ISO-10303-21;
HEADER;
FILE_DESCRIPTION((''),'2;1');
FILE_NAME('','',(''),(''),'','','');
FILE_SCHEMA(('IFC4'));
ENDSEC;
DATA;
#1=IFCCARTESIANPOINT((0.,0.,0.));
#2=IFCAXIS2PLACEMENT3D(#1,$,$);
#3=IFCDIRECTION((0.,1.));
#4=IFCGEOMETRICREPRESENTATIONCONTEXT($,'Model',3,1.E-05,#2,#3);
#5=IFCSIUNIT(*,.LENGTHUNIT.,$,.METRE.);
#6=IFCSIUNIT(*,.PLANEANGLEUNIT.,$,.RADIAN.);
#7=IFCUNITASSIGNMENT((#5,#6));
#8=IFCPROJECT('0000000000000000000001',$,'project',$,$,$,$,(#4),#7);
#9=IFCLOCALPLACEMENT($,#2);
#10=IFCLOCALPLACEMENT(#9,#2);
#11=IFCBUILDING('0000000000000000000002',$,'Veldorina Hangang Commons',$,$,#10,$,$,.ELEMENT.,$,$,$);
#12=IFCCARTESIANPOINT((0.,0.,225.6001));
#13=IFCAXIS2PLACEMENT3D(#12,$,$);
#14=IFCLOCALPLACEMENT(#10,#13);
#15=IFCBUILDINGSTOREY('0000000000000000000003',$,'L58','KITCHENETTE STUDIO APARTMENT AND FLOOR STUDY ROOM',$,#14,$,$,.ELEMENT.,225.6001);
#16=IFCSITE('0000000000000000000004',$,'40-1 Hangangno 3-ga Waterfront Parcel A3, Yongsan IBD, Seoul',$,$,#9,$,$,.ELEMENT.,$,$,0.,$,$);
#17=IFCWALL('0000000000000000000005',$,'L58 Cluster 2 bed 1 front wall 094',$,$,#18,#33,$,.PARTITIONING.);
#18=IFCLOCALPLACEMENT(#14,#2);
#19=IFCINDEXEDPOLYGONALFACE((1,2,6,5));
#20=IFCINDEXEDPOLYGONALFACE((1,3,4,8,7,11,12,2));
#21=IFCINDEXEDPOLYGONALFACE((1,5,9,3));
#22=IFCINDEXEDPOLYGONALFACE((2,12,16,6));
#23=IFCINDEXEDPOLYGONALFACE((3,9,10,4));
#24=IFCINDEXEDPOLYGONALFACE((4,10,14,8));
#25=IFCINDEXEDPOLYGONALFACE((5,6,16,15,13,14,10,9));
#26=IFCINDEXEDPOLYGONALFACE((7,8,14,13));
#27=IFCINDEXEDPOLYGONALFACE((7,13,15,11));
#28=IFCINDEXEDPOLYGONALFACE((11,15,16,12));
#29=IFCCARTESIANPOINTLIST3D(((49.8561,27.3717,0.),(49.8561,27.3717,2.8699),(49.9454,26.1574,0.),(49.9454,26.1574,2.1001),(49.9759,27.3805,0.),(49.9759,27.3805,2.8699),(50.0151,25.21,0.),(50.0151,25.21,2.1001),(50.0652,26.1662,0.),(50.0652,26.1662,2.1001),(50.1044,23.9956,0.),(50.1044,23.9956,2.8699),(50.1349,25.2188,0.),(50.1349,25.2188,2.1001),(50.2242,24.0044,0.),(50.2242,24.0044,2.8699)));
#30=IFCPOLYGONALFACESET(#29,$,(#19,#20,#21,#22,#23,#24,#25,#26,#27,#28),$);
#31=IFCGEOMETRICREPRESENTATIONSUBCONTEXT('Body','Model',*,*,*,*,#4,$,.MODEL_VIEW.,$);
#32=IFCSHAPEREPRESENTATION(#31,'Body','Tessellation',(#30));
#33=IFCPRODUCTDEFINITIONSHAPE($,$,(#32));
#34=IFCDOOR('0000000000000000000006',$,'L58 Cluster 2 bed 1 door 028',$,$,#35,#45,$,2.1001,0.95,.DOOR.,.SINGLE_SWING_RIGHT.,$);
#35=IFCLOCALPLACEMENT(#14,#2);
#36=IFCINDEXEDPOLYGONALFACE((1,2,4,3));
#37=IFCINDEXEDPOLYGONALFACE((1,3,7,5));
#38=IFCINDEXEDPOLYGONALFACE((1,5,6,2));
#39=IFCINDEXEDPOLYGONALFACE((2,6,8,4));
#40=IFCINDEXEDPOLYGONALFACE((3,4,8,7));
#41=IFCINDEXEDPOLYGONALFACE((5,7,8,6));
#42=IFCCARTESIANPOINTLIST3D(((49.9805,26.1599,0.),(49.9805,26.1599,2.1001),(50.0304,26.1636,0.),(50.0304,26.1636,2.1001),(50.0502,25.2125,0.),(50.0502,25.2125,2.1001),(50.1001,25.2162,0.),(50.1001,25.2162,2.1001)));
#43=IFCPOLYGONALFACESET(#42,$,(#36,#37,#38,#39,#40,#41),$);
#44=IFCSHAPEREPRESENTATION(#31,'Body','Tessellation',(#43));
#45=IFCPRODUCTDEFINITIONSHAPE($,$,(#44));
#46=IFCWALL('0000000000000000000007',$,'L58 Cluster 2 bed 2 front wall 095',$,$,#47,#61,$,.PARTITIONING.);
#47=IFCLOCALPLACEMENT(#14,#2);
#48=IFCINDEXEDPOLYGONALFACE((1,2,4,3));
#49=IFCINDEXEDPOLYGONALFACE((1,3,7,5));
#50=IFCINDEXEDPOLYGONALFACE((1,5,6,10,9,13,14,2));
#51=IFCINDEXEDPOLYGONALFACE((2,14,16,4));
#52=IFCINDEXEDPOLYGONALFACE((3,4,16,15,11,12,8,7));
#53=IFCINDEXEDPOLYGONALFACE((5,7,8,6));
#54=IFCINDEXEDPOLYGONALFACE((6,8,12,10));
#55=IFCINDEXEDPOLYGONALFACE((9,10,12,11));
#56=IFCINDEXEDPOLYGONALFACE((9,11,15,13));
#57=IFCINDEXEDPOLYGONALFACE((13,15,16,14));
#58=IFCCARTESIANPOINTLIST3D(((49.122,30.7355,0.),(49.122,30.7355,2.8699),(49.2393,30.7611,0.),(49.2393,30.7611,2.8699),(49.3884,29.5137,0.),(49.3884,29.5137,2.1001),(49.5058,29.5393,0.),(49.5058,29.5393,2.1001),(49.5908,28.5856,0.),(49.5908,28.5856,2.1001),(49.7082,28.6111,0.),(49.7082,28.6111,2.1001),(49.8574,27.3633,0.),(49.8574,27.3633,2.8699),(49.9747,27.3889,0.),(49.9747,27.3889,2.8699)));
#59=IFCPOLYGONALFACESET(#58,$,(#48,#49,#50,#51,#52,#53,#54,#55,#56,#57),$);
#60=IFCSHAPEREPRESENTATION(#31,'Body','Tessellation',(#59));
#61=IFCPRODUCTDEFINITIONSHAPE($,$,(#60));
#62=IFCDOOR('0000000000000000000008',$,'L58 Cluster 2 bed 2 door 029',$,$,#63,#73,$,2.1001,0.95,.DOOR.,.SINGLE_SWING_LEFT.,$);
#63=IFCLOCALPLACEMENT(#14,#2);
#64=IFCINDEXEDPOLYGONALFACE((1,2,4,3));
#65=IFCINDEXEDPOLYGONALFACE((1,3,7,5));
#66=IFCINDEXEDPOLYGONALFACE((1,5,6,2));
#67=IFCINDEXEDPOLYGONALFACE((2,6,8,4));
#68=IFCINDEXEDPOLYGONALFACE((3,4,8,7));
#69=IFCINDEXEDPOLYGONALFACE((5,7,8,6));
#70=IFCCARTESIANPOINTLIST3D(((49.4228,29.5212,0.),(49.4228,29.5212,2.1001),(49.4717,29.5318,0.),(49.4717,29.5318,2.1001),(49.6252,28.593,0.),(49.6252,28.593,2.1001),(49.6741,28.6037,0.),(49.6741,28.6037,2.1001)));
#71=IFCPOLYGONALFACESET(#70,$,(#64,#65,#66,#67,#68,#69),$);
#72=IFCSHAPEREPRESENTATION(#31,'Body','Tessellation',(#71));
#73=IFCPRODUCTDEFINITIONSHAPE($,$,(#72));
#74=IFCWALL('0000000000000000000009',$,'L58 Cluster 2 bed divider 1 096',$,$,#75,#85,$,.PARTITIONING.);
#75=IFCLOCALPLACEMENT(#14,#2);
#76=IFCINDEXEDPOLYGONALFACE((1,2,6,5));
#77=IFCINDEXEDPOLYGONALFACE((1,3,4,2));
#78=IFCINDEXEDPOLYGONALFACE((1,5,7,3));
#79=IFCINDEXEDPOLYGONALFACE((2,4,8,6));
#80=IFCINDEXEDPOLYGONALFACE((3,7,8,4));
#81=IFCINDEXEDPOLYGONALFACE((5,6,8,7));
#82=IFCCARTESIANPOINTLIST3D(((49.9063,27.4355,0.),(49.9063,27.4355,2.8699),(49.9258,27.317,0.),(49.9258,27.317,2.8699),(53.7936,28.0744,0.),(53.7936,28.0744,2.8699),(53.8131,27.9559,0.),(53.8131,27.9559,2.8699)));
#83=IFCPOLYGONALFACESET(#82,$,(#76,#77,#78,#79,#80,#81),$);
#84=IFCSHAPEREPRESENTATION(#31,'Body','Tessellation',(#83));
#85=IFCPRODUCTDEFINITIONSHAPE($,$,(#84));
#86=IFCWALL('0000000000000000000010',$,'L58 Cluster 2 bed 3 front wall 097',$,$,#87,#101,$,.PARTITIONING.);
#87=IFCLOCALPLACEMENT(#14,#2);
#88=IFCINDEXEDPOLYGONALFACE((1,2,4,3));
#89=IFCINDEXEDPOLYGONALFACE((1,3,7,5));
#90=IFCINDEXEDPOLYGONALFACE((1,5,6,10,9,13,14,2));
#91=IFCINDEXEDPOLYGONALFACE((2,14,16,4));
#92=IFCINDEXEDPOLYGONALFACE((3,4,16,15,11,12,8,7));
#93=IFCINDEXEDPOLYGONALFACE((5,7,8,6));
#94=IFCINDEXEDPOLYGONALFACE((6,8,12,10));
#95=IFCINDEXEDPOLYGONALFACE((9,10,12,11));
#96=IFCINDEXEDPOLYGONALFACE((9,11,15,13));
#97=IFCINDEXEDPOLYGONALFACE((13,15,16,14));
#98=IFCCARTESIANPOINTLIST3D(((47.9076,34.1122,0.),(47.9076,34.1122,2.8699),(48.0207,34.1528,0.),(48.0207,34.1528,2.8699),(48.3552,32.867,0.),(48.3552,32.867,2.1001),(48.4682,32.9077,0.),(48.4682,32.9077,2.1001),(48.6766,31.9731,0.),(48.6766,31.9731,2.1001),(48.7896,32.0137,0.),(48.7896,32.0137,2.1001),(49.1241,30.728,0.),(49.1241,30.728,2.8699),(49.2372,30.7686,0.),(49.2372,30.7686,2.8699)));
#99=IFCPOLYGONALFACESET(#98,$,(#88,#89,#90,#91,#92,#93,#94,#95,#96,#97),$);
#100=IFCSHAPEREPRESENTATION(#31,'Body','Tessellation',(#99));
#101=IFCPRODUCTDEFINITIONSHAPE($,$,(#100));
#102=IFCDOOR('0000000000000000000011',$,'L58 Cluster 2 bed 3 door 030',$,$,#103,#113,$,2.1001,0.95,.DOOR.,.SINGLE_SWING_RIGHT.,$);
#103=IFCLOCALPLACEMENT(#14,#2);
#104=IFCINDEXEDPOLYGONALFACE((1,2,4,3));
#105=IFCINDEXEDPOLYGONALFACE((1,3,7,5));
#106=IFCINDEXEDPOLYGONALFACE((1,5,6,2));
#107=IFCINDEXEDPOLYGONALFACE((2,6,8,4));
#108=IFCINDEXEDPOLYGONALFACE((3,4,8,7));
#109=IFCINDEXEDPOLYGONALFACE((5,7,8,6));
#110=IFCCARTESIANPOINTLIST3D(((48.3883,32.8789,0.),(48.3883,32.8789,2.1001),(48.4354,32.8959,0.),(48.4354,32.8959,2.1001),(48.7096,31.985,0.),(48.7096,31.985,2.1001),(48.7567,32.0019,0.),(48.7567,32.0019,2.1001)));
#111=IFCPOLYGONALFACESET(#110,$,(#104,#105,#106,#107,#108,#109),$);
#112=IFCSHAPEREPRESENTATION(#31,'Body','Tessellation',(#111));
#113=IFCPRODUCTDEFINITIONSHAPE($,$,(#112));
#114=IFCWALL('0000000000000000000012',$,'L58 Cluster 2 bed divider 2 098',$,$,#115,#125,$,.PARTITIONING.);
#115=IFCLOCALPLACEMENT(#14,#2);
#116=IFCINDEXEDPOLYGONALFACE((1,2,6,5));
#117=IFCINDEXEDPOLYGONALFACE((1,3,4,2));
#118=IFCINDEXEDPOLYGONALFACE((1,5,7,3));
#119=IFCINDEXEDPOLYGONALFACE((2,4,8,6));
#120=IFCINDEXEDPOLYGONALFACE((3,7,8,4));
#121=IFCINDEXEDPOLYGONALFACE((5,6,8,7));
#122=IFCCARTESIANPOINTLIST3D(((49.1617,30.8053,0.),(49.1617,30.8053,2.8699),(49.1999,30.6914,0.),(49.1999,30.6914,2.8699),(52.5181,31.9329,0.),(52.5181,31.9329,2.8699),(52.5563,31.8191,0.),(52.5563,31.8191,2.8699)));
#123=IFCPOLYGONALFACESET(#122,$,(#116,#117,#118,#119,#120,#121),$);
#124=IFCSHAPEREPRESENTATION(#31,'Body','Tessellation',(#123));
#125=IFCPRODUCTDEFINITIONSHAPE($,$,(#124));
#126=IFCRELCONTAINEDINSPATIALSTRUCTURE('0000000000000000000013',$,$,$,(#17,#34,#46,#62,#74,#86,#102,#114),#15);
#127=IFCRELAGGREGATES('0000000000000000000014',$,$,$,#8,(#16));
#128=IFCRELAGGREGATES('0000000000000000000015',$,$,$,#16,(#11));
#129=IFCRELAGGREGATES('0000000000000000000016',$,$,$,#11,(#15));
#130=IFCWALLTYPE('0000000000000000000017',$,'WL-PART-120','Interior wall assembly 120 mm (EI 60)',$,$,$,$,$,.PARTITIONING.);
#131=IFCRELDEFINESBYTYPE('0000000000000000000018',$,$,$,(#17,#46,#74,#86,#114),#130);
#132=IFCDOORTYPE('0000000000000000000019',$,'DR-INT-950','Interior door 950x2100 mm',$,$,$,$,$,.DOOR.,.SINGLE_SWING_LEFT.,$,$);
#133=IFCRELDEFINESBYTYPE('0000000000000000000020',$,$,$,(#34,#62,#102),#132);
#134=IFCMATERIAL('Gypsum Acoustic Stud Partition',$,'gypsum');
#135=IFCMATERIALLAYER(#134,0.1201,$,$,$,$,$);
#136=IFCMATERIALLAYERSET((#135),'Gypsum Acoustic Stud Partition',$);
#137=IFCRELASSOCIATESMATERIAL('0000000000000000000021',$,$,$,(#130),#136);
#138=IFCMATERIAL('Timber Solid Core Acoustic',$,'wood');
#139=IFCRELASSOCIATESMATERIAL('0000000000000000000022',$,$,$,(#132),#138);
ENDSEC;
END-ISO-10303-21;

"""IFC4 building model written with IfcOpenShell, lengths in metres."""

from ifc_helpers import new_model, si_unit, direction, frame, frame_2d, origin, place, context, subcontext, project, spatial, rectangle, extrude, material, layer, layer_set, type_object, element, fill, save


model = new_model("IFC4")

# Units and contexts
model_context = context("Model", 3, precision=1e-05, world=origin(), true_north=direction((0.0, 1.0)))
body_context = subcontext(model_context, "Body", "Model", "MODEL_VIEW")
ifc_project = project(units=[si_unit("LENGTHUNIT", "METRE"), si_unit("PLANEANGLEUNIT", "RADIAN")], contexts=[model_context])

# Site, building, storey
site_placement = place(None, origin())
site = spatial("IfcSite", under=ifc_project, at=site_placement, Name="40-1 Hangangno 3-ga Waterfront Parcel A3, Yongsan IBD, Seoul", CompositionType="ELEMENT", RefElevation=0.0)
building_placement = place(site_placement, origin())
building = spatial("IfcBuilding", under=site, at=building_placement, Name="Veldorina Hangang Commons", CompositionType="ELEMENT")
storey_placement = place(building_placement, frame((0.0, 0.0, 225.6001)))
storey = spatial("IfcBuildingStorey", under=building, at=storey_placement, Name="L58", Description="KITCHENETTE STUDIO APARTMENT AND FLOOR STUDY ROOM", CompositionType="ELEMENT", Elevation=225.6001)

# Shared definitions
ifc_material_1 = material(Name="Gypsum Acoustic Stud Partition", Category="gypsum")
ifc_layer_1 = layer(ifc_material_1, 0.1201)
ifc_layer_set_1 = layer_set([ifc_layer_1], Name="Gypsum Acoustic Stud Partition")
wall_type = type_object("IfcWallType", Name="WL-PART-120", Description="Interior wall assembly 120 mm (EI 60)", PredefinedType="PARTITIONING", material=ifc_layer_set_1)

# Walls, openings, doors
wall_1_placement = place(storey_placement, frame((50.1643, 24.0, 0.0), z_axis=(0.0, 0.0, 1.0), x_axis=(-0.073343, 0.997307, 0.0)))
wall_1 = element("IfcWall", 1, at=wall_1_placement, inside=storey, type_object=wall_type, Name="L58 Cluster 2 bed 1 front wall 094", PredefinedType="PARTITIONING", context=body_context, shape_type="SweptSolid", body=[
    extrude(rectangle(XDim=3.3853, YDim=0.1201, at=frame_2d((1.6926, 0.0))), origin(), (0.0, 0.0, 1.0), 2.8699),
])
opening_1_placement = place(wall_1_placement, frame((1.2175, 0.0, 0.0)))
opening_1 = element("IfcOpeningElement", 2, at=opening_1_placement, cuts=wall_1, PredefinedType="OPENING", context=body_context, shape_type="SweptSolid", body=[
    extrude(rectangle(XDim=0.95, YDim=2.1001, at=frame_2d((0.4751, 1.05))), frame((0.0, 0.0701, 0.0), z_axis=(0.0, -1.0, 0.0), x_axis=(1.0, 0.0, 0.0)), (0.0, 0.0, 1.0), 0.1401),
])
ifc_material_2 = material(Name="Timber Solid Core Acoustic", Category="wood")
door_type = type_object("IfcDoorType", Name="DR-INT-950", Description="Interior door 950x2100 mm", OperationType="SINGLE_SWING_LEFT", PredefinedType="DOOR", material=ifc_material_2)
door_1_placement = place(opening_1_placement, origin())
door_1 = element("IfcDoor", 3, at=door_1_placement, inside=storey, type_object=door_type, Name="L58 Cluster 2 bed 1 door 028", OperationType="SINGLE_SWING_RIGHT", OverallHeight=2.1001, OverallWidth=0.95, PredefinedType="DOOR", context=body_context, shape_type="SweptSolid", body=[
    extrude(rectangle(XDim=0.95, YDim=2.1001, at=frame_2d((0.4751, 1.05))), frame((0.0, 0.0249, 0.0), z_axis=(0.0, -1.0, 0.0), x_axis=(1.0, 0.0, 0.0)), (0.0, 0.0, 1.0), 0.05),
])
fill(opening_1, door_1)
wall_2_placement = place(storey_placement, frame((49.916, 27.3762, 0.0), z_axis=(0.0, 0.0, 1.0), x_axis=(-0.213064, 0.977038, 0.0)))
wall_2 = element("IfcWall", 4, at=wall_2_placement, inside=storey, type_object=wall_type, Name="L58 Cluster 2 bed 2 front wall 095", PredefinedType="PARTITIONING", context=body_context, shape_type="SweptSolid", body=[
    extrude(rectangle(XDim=3.4514, YDim=0.1201, at=frame_2d((1.7256, 0.0))), origin(), (0.0, 0.0, 1.0), 2.8699),
])
opening_2_placement = place(wall_2_placement, frame((1.2507, 0.0, 0.0)))
opening_2 = element("IfcOpeningElement", 5, at=opening_2_placement, cuts=wall_2, PredefinedType="OPENING", context=body_context, shape_type="SweptSolid", body=[
    extrude(rectangle(XDim=0.95, YDim=2.1001, at=frame_2d((0.4751, 1.05))), frame((0.0, 0.0701, 0.0), z_axis=(0.0, -1.0, 0.0), x_axis=(1.0, 0.0, 0.0)), (0.0, 0.0, 1.0), 0.1401),
])
door_2_placement = place(opening_2_placement, origin())
door_2 = element("IfcDoor", 6, at=door_2_placement, inside=storey, type_object=door_type, Name="L58 Cluster 2 bed 2 door 029", OperationType="SINGLE_SWING_LEFT", OverallHeight=2.1001, OverallWidth=0.95, PredefinedType="DOOR", context=body_context, shape_type="SweptSolid", body=[
    extrude(rectangle(XDim=0.95, YDim=2.1001, at=frame_2d((0.4751, 1.05))), frame((0.0, 0.0249, 0.0), z_axis=(0.0, -1.0, 0.0), x_axis=(1.0, 0.0, 0.0)), (0.0, 0.0, 1.0), 0.05),
])
fill(opening_2, door_2)

# Wall
wall_3_placement = place(storey_placement, frame((49.916, 27.3762, 0.0), z_axis=(0.0, 0.0, 1.0), x_axis=(0.98676, 0.162188, 0.0)))
element("IfcWall", 7, at=wall_3_placement, inside=storey, type_object=wall_type, Name="L58 Cluster 2 bed divider 1 096", PredefinedType="PARTITIONING", context=body_context, shape_type="SweptSolid", body=[
    extrude(rectangle(XDim=3.9395, YDim=0.1201, at=frame_2d((1.9697, 0.0))), origin(), (0.0, 0.0, 1.0), 2.8699),
])

# Wall, opening, door
wall_4_placement = place(storey_placement, frame((49.1807, 30.7483, 0.0), z_axis=(0.0, 0.0, 1.0), x_axis=(-0.33828, 0.941046, 0.0)))
wall_4 = element("IfcWall", 8, at=wall_4_placement, inside=storey, type_object=wall_type, Name="L58 Cluster 2 bed 3 front wall 097", PredefinedType="PARTITIONING", context=body_context, shape_type="SweptSolid", body=[
    extrude(rectangle(XDim=3.5962, YDim=0.1201, at=frame_2d((1.7981, 0.0))), origin(), (0.0, 0.0, 1.0), 2.8699),
])
opening_3_placement = place(wall_4_placement, frame((1.323, 0.0, 0.0)))
opening_3 = element("IfcOpeningElement", 9, at=opening_3_placement, cuts=wall_4, PredefinedType="OPENING", context=body_context, shape_type="SweptSolid", body=[
    extrude(rectangle(XDim=0.95, YDim=2.1001, at=frame_2d((0.4751, 1.05))), frame((0.0, 0.0701, 0.0), z_axis=(0.0, -1.0, 0.0), x_axis=(1.0, 0.0, 0.0)), (0.0, 0.0, 1.0), 0.1401),
])
door_3_placement = place(opening_3_placement, origin())
door_3 = element("IfcDoor", 10, at=door_3_placement, inside=storey, type_object=door_type, Name="L58 Cluster 2 bed 3 door 030", OperationType="SINGLE_SWING_RIGHT", OverallHeight=2.1001, OverallWidth=0.95, PredefinedType="DOOR", context=body_context, shape_type="SweptSolid", body=[
    extrude(rectangle(XDim=0.95, YDim=2.1001, at=frame_2d((0.4751, 1.05))), frame((0.0, 0.0249, 0.0), z_axis=(0.0, -1.0, 0.0), x_axis=(1.0, 0.0, 0.0)), (0.0, 0.0, 1.0), 0.05),
])
fill(opening_3, door_3)

# Wall
wall_5_placement = place(storey_placement, frame((49.1807, 30.7483, 0.0), z_axis=(0.0, 0.0, 1.0), x_axis=(0.947929, 0.318482, 0.0)))
element("IfcWall", 11, at=wall_5_placement, inside=storey, type_object=wall_type, Name="L58 Cluster 2 bed divider 2 098", PredefinedType="PARTITIONING", context=body_context, shape_type="SweptSolid", body=[
    extrude(rectangle(XDim=3.5408, YDim=0.1201, at=frame_2d((1.7705, 0.0))), origin(), (0.0, 0.0, 1.0), 2.8699),
])

save(model, "model.ifc")
